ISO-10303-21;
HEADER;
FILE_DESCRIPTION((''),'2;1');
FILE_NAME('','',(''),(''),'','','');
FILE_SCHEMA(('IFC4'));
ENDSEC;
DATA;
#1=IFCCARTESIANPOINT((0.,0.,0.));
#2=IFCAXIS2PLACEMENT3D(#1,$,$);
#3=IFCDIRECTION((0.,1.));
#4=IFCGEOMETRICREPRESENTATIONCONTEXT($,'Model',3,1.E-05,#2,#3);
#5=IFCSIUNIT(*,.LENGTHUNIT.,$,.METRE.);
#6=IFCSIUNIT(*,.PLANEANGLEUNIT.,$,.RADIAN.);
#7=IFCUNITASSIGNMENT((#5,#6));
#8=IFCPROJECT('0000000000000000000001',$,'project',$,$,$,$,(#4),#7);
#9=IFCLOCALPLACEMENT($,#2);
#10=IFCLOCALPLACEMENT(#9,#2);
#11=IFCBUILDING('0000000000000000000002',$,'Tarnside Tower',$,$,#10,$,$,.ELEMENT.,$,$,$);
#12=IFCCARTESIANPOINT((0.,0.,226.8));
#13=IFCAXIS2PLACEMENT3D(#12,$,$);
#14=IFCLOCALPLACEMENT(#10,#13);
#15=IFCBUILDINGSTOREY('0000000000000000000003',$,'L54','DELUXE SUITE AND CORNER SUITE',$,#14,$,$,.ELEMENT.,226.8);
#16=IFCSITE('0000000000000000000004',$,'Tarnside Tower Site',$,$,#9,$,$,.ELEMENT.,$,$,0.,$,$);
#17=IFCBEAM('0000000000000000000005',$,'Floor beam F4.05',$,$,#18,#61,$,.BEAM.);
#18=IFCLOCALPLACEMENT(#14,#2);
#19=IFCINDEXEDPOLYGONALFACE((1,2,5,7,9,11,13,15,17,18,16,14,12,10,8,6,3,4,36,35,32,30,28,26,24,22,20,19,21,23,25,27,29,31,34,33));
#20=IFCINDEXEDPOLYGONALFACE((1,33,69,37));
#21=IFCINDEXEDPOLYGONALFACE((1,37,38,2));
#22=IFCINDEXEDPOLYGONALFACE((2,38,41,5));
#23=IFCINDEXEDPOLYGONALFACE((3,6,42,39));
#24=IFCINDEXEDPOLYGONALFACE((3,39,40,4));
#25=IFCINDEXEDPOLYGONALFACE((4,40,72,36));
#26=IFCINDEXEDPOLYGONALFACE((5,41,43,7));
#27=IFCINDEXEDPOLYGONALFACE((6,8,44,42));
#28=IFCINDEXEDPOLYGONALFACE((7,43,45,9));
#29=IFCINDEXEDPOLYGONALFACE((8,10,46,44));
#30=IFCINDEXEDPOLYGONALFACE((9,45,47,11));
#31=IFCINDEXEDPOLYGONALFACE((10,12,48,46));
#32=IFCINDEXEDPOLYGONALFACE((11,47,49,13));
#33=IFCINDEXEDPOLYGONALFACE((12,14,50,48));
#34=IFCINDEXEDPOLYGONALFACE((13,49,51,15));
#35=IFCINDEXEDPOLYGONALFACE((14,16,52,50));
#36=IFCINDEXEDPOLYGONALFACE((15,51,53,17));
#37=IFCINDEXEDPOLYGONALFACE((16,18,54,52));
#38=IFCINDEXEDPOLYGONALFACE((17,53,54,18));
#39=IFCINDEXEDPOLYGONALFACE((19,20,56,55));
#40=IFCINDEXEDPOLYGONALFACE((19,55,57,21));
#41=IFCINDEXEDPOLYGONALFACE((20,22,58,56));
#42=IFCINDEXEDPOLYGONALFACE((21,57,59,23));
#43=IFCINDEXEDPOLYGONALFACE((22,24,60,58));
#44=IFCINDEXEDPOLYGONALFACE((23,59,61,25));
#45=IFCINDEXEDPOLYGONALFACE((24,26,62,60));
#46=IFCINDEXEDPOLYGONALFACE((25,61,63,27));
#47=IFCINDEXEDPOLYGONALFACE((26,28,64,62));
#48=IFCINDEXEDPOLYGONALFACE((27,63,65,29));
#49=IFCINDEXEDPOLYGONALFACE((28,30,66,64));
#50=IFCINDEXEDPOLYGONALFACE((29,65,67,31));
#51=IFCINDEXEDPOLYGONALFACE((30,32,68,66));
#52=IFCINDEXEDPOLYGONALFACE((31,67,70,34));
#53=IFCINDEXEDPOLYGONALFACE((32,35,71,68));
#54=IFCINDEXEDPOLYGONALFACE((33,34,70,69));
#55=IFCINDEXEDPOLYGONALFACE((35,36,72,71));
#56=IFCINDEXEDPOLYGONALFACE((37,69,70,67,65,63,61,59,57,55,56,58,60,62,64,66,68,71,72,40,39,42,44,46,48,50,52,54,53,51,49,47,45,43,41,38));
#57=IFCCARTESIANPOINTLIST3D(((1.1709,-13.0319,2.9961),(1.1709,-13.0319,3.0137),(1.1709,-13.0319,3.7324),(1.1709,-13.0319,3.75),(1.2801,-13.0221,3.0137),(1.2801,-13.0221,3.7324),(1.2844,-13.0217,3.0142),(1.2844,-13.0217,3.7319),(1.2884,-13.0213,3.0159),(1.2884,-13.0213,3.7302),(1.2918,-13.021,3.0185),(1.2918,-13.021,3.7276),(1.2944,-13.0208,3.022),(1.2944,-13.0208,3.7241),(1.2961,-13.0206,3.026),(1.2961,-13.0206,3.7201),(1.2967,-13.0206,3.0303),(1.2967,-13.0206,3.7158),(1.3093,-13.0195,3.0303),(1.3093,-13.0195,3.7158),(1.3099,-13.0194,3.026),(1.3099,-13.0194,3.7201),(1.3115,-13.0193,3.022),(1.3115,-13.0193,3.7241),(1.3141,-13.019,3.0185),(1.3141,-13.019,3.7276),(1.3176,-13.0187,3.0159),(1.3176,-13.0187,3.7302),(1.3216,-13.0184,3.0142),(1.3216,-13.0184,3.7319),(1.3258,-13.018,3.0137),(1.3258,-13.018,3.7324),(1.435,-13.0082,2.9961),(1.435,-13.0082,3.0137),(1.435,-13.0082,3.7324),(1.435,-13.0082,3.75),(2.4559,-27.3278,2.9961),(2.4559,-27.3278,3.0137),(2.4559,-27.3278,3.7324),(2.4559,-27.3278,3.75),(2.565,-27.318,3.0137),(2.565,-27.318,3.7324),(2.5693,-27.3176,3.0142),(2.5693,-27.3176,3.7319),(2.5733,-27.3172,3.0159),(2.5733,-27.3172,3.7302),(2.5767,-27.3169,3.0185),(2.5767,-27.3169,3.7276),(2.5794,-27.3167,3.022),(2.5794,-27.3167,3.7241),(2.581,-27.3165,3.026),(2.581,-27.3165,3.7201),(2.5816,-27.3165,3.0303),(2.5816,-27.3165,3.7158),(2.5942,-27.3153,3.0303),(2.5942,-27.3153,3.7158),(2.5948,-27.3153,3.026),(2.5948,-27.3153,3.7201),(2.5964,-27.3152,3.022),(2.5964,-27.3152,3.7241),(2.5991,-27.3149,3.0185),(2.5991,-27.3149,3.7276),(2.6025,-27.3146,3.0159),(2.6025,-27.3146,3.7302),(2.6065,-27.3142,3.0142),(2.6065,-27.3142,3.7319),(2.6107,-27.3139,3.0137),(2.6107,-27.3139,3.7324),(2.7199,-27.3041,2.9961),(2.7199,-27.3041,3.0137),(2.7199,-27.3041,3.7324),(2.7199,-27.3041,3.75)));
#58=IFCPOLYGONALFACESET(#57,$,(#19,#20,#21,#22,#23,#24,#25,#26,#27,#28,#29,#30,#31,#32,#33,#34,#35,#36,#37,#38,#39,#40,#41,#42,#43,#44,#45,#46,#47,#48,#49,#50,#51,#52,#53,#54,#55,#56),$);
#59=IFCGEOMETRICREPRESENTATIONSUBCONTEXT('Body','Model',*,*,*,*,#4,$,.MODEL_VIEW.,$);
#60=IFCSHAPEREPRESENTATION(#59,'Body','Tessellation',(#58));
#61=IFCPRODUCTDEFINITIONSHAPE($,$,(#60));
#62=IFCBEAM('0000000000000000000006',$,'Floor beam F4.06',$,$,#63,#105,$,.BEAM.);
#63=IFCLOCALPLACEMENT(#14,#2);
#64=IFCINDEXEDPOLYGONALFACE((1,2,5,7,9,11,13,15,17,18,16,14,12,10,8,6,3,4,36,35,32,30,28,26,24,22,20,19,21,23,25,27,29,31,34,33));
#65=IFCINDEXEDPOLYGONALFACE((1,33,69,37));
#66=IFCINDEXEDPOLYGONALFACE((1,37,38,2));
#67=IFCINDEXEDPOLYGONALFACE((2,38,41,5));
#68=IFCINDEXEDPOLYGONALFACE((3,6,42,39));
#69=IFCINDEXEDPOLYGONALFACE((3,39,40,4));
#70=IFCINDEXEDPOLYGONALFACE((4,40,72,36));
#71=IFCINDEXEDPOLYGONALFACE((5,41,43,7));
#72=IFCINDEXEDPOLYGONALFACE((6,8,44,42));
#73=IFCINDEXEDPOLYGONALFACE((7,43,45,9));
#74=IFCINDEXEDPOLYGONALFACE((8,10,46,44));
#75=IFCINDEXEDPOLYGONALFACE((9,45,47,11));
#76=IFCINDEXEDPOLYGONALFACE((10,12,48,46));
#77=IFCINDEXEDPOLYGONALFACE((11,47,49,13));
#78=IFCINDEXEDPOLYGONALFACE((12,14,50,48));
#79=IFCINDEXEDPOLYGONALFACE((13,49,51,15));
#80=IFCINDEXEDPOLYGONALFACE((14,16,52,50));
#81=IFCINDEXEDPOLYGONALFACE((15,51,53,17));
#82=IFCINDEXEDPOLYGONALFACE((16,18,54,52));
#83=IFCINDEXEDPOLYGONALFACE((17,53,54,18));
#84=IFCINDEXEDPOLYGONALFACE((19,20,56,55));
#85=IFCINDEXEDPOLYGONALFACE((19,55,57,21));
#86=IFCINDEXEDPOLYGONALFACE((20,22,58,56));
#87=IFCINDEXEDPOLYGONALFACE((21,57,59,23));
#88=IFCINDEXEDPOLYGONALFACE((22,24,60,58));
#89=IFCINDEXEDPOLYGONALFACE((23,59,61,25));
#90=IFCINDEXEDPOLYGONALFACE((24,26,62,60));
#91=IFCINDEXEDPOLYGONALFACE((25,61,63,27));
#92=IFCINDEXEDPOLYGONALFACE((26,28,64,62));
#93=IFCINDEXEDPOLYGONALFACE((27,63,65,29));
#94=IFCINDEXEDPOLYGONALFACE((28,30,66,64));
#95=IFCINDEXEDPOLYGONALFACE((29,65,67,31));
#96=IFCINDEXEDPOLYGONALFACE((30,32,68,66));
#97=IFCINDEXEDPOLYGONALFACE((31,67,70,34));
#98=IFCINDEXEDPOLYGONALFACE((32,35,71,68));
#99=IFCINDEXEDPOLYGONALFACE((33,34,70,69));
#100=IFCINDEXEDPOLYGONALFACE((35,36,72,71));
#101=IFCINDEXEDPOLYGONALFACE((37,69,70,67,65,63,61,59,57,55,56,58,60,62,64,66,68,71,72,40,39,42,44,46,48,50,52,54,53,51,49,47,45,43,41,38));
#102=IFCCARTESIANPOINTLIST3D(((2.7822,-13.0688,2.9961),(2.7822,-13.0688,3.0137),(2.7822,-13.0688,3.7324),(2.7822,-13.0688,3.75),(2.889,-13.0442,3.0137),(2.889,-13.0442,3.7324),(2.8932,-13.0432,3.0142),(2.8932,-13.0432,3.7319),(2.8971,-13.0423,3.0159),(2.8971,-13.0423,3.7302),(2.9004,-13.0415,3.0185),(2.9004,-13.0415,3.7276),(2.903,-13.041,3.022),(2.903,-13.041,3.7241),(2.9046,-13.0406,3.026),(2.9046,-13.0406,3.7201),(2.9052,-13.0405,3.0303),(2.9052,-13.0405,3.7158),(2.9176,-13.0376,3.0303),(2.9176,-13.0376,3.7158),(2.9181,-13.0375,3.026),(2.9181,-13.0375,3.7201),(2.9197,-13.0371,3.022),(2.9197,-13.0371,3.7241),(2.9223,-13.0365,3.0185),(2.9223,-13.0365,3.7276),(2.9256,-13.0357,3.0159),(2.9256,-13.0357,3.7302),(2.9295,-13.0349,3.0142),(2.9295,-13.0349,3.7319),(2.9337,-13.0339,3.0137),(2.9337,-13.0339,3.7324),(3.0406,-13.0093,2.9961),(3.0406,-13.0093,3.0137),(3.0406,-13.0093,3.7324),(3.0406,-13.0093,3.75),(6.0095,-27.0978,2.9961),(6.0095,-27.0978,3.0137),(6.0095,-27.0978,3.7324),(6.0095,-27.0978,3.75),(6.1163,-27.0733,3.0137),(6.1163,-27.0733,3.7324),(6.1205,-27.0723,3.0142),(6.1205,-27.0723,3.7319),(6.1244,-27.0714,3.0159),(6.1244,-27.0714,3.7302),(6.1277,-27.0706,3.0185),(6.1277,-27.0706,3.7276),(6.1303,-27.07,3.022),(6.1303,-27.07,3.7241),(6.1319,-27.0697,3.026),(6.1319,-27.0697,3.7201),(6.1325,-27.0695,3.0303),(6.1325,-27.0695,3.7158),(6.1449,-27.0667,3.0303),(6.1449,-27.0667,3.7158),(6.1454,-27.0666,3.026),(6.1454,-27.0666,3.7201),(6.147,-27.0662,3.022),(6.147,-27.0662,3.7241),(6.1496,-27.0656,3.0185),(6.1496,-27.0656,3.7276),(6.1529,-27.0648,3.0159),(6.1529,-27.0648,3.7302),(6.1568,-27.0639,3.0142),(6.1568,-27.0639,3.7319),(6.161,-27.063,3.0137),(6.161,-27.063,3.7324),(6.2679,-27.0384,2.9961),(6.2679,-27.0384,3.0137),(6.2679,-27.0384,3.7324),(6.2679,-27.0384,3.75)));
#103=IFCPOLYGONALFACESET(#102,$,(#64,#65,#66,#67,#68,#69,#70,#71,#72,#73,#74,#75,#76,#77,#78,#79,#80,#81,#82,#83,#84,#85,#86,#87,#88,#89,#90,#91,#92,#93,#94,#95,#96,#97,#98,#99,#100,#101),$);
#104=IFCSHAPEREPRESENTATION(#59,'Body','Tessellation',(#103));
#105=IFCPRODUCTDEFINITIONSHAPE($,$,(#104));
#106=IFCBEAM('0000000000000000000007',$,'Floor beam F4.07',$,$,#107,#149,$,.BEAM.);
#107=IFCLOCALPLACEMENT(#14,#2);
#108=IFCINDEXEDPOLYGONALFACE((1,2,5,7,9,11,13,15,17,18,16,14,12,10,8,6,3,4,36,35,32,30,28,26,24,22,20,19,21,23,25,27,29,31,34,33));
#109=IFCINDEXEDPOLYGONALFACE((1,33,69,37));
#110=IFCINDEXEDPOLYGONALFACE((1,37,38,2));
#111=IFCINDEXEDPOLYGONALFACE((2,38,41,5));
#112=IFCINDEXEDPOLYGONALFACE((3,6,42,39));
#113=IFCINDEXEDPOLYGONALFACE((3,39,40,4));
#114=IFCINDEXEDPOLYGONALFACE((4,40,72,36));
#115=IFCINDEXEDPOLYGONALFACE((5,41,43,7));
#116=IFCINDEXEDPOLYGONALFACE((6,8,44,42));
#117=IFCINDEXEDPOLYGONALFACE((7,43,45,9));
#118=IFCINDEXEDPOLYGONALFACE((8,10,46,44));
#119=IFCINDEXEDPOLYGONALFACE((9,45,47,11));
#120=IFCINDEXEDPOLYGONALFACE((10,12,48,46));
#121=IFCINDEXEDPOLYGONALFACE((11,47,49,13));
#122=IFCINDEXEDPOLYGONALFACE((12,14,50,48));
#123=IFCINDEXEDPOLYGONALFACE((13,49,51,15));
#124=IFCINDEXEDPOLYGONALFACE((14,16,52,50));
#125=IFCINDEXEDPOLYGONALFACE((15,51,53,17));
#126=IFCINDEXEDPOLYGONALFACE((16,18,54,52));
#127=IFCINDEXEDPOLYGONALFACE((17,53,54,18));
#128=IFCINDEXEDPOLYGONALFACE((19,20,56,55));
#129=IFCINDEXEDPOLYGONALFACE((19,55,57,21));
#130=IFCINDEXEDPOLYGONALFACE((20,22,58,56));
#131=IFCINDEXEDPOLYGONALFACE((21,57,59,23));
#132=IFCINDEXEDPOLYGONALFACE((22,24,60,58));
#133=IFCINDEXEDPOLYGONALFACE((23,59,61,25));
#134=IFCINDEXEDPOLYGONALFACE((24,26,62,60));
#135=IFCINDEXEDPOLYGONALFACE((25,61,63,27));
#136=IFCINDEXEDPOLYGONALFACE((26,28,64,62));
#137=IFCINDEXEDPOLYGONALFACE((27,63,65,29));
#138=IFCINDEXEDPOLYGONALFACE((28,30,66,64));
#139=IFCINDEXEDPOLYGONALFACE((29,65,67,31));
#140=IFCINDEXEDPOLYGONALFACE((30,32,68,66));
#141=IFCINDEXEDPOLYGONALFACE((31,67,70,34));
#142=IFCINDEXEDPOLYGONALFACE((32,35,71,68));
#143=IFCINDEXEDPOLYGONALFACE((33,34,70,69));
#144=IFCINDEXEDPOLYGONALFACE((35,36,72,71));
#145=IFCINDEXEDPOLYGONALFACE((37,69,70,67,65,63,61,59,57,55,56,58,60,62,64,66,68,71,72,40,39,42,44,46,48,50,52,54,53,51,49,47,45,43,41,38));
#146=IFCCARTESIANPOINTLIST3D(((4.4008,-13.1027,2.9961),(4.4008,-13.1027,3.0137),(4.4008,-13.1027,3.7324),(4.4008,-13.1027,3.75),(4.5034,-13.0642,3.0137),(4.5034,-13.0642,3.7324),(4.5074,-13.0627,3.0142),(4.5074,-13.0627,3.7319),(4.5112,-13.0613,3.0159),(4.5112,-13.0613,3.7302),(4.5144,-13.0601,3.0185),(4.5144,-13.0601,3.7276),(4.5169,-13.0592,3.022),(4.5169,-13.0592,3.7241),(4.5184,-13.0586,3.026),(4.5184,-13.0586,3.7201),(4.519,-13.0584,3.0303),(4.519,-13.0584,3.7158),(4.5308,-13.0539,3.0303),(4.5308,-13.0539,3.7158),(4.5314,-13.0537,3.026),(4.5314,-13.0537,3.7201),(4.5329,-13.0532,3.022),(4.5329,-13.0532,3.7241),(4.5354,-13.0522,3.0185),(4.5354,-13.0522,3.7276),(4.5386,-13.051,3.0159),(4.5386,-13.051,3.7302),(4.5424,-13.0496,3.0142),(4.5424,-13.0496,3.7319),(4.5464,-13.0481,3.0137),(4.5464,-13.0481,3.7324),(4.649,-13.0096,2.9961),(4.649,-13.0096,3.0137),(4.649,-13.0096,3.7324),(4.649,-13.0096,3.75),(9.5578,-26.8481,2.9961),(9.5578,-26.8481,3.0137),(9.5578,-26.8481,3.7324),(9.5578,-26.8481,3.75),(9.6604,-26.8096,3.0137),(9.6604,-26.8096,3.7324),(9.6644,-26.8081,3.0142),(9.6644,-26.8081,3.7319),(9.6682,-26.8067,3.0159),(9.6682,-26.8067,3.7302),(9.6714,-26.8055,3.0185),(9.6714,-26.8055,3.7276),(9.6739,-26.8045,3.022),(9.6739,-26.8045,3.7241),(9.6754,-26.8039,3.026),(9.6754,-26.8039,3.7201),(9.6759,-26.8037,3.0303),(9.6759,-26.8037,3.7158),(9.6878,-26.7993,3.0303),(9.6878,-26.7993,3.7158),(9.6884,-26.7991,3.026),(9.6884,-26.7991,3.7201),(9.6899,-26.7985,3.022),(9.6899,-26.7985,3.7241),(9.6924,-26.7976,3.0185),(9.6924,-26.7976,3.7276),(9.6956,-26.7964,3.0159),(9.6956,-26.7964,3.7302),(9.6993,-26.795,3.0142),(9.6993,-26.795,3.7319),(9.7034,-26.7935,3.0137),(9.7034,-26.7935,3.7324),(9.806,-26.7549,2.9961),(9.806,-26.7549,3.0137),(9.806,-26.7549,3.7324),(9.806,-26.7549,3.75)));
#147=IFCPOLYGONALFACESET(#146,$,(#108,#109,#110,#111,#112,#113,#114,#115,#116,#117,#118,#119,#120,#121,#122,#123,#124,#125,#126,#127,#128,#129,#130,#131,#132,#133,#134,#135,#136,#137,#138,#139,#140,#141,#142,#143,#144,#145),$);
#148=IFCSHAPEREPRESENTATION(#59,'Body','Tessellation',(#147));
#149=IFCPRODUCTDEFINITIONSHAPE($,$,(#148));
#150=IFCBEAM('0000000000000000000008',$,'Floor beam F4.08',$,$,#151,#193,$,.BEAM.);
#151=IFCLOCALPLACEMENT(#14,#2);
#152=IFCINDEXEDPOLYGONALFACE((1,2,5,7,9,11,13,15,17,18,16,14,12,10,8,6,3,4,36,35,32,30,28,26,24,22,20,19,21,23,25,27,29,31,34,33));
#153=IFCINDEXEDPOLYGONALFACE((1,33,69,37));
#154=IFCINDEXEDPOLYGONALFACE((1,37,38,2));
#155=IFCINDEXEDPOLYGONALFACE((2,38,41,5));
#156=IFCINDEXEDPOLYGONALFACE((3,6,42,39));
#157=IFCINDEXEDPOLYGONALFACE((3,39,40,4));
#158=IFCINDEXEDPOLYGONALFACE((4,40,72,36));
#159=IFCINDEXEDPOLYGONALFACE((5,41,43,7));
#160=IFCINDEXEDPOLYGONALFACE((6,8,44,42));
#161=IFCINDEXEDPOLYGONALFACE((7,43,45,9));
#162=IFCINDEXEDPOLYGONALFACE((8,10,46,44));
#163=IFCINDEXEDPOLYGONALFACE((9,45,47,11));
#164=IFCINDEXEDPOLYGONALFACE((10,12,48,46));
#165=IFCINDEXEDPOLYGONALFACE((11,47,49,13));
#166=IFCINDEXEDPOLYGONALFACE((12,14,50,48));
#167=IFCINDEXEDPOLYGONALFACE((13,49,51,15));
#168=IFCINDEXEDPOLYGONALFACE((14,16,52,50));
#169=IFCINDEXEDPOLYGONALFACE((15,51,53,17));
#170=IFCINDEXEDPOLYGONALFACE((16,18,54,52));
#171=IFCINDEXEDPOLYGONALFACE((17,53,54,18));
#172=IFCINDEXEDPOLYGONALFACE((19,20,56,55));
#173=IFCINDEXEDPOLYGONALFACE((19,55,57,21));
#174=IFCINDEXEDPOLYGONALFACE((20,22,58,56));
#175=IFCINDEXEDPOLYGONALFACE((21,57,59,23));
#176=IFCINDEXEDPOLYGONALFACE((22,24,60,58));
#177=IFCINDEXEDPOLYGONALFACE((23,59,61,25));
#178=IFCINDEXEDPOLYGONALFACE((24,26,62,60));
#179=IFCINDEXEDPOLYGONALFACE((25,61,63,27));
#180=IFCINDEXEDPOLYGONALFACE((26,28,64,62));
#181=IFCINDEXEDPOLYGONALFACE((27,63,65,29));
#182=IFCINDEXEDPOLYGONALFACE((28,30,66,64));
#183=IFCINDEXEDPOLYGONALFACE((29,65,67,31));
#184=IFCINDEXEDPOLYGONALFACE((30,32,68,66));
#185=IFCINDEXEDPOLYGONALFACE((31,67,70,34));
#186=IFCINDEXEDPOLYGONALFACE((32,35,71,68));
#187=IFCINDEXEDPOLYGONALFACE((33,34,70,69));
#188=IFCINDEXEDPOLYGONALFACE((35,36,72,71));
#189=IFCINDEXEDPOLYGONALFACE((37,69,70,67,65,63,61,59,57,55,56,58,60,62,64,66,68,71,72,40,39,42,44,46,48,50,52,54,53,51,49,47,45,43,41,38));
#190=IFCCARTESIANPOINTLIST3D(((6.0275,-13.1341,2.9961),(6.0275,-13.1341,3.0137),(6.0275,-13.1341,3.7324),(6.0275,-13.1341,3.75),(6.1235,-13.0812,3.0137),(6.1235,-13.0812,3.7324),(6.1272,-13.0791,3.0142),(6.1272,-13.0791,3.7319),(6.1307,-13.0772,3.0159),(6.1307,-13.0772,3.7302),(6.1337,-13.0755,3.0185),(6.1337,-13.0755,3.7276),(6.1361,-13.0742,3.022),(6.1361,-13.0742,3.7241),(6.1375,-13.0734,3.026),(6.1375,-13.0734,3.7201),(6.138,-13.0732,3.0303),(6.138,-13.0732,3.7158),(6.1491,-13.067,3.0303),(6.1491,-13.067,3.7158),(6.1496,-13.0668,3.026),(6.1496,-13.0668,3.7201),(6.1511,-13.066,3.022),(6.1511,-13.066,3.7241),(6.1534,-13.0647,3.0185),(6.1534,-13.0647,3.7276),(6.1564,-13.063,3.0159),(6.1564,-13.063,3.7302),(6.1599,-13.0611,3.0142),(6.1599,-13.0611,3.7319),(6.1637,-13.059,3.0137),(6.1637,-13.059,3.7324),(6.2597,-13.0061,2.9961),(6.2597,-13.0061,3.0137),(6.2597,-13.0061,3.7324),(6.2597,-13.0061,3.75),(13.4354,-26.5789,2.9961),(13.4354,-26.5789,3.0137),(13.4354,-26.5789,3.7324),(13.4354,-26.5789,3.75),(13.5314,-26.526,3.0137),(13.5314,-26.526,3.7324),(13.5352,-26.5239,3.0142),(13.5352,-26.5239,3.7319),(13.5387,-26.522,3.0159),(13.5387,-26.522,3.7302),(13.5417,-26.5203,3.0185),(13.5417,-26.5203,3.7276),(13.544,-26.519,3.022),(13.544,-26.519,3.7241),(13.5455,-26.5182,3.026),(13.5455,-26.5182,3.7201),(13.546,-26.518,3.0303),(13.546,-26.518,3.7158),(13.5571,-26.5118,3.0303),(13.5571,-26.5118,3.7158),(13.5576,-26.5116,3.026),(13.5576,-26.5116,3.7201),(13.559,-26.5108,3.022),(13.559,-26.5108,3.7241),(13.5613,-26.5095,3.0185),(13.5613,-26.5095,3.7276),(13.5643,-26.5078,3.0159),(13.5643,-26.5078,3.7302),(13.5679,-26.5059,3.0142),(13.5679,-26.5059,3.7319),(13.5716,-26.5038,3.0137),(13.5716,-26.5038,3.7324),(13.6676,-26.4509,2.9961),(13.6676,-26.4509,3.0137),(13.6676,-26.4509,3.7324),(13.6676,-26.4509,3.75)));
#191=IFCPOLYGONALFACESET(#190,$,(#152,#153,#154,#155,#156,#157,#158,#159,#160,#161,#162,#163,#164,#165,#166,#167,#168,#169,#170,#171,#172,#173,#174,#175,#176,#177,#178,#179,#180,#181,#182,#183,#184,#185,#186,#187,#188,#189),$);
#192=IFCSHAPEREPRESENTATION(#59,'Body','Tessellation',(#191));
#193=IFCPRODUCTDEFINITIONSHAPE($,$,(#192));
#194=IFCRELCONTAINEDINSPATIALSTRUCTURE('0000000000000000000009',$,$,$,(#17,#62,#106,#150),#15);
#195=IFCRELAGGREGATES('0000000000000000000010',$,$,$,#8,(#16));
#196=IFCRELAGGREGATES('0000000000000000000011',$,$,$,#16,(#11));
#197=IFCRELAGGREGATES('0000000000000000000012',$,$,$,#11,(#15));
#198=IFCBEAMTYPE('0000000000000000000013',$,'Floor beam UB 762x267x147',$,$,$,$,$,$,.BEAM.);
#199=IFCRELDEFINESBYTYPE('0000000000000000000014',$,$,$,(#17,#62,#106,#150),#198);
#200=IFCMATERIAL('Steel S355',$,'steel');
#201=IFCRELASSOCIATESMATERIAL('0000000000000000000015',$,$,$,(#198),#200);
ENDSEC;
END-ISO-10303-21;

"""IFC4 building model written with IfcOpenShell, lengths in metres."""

from ifc_helpers import new_model, si_unit, direction, frame, origin, origin_2d, place, context, subcontext, project, spatial, i_section, extrude, material, material_profile, profile_set, type_object, element, save


model = new_model("IFC4")

# Units and contexts
model_context = context("Model", 3, precision=1e-05, world=origin(), true_north=direction((0.0, 1.0)))
body_context = subcontext(model_context, "Body", "Model", "MODEL_VIEW")
ifc_project = project(units=[si_unit("LENGTHUNIT", "METRE"), si_unit("PLANEANGLEUNIT", "RADIAN")], contexts=[model_context])

# Site, building, storey
site_placement = place(None, origin())
site = spatial("IfcSite", under=ifc_project, at=site_placement, Name="Tarnside Tower Site", CompositionType="ELEMENT", RefElevation=0.0)
building_placement = place(site_placement, origin())
building = spatial("IfcBuilding", under=site, at=building_placement, Name="Tarnside Tower", CompositionType="ELEMENT")
storey_placement = place(building_placement, frame((0.0, 0.0, 226.8)))
storey = spatial("IfcBuildingStorey", under=building, at=storey_placement, Name="L54", Description="DELUXE SUITE AND CORNER SUITE", CompositionType="ELEMENT", Elevation=226.8)

# Beams
ifc_material_1 = material(Name="Steel S355", Category="steel")
ifc_material_profile = material_profile(ifc_material_1, i_section(OverallWidth=0.2651, OverallDepth=0.7539, WebThickness=0.0127, FlangeThickness=0.0176, FilletRadius=0.0166, at=origin_2d()), Name="UB 762x267x147")
ifc_profile_set = profile_set([ifc_material_profile], Name="Steel S355")
beam_type = type_object("IfcBeamType", Name="Floor beam UB 762x267x147", PredefinedType="BEAM", material=ifc_profile_set)
beam_1_placement = place(storey_placement, frame((2.5879, -27.3159, 3.373), z_axis=(-0.089519, 0.995985, 0.0), x_axis=(-0.995985, -0.089519, 0.0)))
element("IfcBeam", 1, at=beam_1_placement, inside=storey, type_object=beam_type, Name="Floor beam F4.05", PredefinedType="BEAM", context=body_context, shape_type="SweptSolid", body=[
    extrude(i_section(OverallWidth=0.2651, OverallDepth=0.7539, WebThickness=0.0127, FlangeThickness=0.0176, FilletRadius=0.0166, at=origin_2d()), origin(), (0.0, 0.0, 1.0), 14.3535),
])
beam_2_placement = place(storey_placement, frame((6.1387, -27.0681, 3.373), z_axis=(-0.224188, 0.974546, 0.0), x_axis=(-0.974546, -0.224188, 0.0)))
element("IfcBeam", 2, at=beam_2_placement, inside=storey, type_object=beam_type, Name="Floor beam F4.06", PredefinedType="BEAM", context=body_context, shape_type="SweptSolid", body=[
    extrude(i_section(OverallWidth=0.2651, OverallDepth=0.7539, WebThickness=0.0127, FlangeThickness=0.0176, FilletRadius=0.0166, at=origin_2d()), origin(), (0.0, 0.0, 1.0), 14.3955),
])
beam_3_placement = place(storey_placement, frame((9.6819, -26.8015, 3.373), z_axis=(-0.351271, 0.936274, 0.0), x_axis=(-0.936274, -0.351271, 0.0)))
element("IfcBeam", 3, at=beam_3_placement, inside=storey, type_object=beam_type, Name="Floor beam F4.07", PredefinedType="BEAM", context=body_context, shape_type="SweptSolid", body=[
    extrude(i_section(OverallWidth=0.2651, OverallDepth=0.7539, WebThickness=0.0127, FlangeThickness=0.0176, FilletRadius=0.0166, at=origin_2d()), origin(), (0.0, 0.0, 1.0), 14.6809),
])
beam_4_placement = place(storey_placement, frame((13.5515, -26.5149, 3.373), z_axis=(-0.482584, 0.87585, 0.0), x_axis=(-0.87585, -0.482584, 0.0)))
element("IfcBeam", 4, at=beam_4_placement, inside=storey, type_object=beam_type, Name="Floor beam F4.08", PredefinedType="BEAM", context=body_context, shape_type="SweptSolid", body=[
    extrude(i_section(OverallWidth=0.2651, OverallDepth=0.7539, WebThickness=0.0127, FlangeThickness=0.0176, FilletRadius=0.0166, at=origin_2d()), origin(), (0.0, 0.0, 1.0), 15.3506),
])

save(model, "model.ifc")
